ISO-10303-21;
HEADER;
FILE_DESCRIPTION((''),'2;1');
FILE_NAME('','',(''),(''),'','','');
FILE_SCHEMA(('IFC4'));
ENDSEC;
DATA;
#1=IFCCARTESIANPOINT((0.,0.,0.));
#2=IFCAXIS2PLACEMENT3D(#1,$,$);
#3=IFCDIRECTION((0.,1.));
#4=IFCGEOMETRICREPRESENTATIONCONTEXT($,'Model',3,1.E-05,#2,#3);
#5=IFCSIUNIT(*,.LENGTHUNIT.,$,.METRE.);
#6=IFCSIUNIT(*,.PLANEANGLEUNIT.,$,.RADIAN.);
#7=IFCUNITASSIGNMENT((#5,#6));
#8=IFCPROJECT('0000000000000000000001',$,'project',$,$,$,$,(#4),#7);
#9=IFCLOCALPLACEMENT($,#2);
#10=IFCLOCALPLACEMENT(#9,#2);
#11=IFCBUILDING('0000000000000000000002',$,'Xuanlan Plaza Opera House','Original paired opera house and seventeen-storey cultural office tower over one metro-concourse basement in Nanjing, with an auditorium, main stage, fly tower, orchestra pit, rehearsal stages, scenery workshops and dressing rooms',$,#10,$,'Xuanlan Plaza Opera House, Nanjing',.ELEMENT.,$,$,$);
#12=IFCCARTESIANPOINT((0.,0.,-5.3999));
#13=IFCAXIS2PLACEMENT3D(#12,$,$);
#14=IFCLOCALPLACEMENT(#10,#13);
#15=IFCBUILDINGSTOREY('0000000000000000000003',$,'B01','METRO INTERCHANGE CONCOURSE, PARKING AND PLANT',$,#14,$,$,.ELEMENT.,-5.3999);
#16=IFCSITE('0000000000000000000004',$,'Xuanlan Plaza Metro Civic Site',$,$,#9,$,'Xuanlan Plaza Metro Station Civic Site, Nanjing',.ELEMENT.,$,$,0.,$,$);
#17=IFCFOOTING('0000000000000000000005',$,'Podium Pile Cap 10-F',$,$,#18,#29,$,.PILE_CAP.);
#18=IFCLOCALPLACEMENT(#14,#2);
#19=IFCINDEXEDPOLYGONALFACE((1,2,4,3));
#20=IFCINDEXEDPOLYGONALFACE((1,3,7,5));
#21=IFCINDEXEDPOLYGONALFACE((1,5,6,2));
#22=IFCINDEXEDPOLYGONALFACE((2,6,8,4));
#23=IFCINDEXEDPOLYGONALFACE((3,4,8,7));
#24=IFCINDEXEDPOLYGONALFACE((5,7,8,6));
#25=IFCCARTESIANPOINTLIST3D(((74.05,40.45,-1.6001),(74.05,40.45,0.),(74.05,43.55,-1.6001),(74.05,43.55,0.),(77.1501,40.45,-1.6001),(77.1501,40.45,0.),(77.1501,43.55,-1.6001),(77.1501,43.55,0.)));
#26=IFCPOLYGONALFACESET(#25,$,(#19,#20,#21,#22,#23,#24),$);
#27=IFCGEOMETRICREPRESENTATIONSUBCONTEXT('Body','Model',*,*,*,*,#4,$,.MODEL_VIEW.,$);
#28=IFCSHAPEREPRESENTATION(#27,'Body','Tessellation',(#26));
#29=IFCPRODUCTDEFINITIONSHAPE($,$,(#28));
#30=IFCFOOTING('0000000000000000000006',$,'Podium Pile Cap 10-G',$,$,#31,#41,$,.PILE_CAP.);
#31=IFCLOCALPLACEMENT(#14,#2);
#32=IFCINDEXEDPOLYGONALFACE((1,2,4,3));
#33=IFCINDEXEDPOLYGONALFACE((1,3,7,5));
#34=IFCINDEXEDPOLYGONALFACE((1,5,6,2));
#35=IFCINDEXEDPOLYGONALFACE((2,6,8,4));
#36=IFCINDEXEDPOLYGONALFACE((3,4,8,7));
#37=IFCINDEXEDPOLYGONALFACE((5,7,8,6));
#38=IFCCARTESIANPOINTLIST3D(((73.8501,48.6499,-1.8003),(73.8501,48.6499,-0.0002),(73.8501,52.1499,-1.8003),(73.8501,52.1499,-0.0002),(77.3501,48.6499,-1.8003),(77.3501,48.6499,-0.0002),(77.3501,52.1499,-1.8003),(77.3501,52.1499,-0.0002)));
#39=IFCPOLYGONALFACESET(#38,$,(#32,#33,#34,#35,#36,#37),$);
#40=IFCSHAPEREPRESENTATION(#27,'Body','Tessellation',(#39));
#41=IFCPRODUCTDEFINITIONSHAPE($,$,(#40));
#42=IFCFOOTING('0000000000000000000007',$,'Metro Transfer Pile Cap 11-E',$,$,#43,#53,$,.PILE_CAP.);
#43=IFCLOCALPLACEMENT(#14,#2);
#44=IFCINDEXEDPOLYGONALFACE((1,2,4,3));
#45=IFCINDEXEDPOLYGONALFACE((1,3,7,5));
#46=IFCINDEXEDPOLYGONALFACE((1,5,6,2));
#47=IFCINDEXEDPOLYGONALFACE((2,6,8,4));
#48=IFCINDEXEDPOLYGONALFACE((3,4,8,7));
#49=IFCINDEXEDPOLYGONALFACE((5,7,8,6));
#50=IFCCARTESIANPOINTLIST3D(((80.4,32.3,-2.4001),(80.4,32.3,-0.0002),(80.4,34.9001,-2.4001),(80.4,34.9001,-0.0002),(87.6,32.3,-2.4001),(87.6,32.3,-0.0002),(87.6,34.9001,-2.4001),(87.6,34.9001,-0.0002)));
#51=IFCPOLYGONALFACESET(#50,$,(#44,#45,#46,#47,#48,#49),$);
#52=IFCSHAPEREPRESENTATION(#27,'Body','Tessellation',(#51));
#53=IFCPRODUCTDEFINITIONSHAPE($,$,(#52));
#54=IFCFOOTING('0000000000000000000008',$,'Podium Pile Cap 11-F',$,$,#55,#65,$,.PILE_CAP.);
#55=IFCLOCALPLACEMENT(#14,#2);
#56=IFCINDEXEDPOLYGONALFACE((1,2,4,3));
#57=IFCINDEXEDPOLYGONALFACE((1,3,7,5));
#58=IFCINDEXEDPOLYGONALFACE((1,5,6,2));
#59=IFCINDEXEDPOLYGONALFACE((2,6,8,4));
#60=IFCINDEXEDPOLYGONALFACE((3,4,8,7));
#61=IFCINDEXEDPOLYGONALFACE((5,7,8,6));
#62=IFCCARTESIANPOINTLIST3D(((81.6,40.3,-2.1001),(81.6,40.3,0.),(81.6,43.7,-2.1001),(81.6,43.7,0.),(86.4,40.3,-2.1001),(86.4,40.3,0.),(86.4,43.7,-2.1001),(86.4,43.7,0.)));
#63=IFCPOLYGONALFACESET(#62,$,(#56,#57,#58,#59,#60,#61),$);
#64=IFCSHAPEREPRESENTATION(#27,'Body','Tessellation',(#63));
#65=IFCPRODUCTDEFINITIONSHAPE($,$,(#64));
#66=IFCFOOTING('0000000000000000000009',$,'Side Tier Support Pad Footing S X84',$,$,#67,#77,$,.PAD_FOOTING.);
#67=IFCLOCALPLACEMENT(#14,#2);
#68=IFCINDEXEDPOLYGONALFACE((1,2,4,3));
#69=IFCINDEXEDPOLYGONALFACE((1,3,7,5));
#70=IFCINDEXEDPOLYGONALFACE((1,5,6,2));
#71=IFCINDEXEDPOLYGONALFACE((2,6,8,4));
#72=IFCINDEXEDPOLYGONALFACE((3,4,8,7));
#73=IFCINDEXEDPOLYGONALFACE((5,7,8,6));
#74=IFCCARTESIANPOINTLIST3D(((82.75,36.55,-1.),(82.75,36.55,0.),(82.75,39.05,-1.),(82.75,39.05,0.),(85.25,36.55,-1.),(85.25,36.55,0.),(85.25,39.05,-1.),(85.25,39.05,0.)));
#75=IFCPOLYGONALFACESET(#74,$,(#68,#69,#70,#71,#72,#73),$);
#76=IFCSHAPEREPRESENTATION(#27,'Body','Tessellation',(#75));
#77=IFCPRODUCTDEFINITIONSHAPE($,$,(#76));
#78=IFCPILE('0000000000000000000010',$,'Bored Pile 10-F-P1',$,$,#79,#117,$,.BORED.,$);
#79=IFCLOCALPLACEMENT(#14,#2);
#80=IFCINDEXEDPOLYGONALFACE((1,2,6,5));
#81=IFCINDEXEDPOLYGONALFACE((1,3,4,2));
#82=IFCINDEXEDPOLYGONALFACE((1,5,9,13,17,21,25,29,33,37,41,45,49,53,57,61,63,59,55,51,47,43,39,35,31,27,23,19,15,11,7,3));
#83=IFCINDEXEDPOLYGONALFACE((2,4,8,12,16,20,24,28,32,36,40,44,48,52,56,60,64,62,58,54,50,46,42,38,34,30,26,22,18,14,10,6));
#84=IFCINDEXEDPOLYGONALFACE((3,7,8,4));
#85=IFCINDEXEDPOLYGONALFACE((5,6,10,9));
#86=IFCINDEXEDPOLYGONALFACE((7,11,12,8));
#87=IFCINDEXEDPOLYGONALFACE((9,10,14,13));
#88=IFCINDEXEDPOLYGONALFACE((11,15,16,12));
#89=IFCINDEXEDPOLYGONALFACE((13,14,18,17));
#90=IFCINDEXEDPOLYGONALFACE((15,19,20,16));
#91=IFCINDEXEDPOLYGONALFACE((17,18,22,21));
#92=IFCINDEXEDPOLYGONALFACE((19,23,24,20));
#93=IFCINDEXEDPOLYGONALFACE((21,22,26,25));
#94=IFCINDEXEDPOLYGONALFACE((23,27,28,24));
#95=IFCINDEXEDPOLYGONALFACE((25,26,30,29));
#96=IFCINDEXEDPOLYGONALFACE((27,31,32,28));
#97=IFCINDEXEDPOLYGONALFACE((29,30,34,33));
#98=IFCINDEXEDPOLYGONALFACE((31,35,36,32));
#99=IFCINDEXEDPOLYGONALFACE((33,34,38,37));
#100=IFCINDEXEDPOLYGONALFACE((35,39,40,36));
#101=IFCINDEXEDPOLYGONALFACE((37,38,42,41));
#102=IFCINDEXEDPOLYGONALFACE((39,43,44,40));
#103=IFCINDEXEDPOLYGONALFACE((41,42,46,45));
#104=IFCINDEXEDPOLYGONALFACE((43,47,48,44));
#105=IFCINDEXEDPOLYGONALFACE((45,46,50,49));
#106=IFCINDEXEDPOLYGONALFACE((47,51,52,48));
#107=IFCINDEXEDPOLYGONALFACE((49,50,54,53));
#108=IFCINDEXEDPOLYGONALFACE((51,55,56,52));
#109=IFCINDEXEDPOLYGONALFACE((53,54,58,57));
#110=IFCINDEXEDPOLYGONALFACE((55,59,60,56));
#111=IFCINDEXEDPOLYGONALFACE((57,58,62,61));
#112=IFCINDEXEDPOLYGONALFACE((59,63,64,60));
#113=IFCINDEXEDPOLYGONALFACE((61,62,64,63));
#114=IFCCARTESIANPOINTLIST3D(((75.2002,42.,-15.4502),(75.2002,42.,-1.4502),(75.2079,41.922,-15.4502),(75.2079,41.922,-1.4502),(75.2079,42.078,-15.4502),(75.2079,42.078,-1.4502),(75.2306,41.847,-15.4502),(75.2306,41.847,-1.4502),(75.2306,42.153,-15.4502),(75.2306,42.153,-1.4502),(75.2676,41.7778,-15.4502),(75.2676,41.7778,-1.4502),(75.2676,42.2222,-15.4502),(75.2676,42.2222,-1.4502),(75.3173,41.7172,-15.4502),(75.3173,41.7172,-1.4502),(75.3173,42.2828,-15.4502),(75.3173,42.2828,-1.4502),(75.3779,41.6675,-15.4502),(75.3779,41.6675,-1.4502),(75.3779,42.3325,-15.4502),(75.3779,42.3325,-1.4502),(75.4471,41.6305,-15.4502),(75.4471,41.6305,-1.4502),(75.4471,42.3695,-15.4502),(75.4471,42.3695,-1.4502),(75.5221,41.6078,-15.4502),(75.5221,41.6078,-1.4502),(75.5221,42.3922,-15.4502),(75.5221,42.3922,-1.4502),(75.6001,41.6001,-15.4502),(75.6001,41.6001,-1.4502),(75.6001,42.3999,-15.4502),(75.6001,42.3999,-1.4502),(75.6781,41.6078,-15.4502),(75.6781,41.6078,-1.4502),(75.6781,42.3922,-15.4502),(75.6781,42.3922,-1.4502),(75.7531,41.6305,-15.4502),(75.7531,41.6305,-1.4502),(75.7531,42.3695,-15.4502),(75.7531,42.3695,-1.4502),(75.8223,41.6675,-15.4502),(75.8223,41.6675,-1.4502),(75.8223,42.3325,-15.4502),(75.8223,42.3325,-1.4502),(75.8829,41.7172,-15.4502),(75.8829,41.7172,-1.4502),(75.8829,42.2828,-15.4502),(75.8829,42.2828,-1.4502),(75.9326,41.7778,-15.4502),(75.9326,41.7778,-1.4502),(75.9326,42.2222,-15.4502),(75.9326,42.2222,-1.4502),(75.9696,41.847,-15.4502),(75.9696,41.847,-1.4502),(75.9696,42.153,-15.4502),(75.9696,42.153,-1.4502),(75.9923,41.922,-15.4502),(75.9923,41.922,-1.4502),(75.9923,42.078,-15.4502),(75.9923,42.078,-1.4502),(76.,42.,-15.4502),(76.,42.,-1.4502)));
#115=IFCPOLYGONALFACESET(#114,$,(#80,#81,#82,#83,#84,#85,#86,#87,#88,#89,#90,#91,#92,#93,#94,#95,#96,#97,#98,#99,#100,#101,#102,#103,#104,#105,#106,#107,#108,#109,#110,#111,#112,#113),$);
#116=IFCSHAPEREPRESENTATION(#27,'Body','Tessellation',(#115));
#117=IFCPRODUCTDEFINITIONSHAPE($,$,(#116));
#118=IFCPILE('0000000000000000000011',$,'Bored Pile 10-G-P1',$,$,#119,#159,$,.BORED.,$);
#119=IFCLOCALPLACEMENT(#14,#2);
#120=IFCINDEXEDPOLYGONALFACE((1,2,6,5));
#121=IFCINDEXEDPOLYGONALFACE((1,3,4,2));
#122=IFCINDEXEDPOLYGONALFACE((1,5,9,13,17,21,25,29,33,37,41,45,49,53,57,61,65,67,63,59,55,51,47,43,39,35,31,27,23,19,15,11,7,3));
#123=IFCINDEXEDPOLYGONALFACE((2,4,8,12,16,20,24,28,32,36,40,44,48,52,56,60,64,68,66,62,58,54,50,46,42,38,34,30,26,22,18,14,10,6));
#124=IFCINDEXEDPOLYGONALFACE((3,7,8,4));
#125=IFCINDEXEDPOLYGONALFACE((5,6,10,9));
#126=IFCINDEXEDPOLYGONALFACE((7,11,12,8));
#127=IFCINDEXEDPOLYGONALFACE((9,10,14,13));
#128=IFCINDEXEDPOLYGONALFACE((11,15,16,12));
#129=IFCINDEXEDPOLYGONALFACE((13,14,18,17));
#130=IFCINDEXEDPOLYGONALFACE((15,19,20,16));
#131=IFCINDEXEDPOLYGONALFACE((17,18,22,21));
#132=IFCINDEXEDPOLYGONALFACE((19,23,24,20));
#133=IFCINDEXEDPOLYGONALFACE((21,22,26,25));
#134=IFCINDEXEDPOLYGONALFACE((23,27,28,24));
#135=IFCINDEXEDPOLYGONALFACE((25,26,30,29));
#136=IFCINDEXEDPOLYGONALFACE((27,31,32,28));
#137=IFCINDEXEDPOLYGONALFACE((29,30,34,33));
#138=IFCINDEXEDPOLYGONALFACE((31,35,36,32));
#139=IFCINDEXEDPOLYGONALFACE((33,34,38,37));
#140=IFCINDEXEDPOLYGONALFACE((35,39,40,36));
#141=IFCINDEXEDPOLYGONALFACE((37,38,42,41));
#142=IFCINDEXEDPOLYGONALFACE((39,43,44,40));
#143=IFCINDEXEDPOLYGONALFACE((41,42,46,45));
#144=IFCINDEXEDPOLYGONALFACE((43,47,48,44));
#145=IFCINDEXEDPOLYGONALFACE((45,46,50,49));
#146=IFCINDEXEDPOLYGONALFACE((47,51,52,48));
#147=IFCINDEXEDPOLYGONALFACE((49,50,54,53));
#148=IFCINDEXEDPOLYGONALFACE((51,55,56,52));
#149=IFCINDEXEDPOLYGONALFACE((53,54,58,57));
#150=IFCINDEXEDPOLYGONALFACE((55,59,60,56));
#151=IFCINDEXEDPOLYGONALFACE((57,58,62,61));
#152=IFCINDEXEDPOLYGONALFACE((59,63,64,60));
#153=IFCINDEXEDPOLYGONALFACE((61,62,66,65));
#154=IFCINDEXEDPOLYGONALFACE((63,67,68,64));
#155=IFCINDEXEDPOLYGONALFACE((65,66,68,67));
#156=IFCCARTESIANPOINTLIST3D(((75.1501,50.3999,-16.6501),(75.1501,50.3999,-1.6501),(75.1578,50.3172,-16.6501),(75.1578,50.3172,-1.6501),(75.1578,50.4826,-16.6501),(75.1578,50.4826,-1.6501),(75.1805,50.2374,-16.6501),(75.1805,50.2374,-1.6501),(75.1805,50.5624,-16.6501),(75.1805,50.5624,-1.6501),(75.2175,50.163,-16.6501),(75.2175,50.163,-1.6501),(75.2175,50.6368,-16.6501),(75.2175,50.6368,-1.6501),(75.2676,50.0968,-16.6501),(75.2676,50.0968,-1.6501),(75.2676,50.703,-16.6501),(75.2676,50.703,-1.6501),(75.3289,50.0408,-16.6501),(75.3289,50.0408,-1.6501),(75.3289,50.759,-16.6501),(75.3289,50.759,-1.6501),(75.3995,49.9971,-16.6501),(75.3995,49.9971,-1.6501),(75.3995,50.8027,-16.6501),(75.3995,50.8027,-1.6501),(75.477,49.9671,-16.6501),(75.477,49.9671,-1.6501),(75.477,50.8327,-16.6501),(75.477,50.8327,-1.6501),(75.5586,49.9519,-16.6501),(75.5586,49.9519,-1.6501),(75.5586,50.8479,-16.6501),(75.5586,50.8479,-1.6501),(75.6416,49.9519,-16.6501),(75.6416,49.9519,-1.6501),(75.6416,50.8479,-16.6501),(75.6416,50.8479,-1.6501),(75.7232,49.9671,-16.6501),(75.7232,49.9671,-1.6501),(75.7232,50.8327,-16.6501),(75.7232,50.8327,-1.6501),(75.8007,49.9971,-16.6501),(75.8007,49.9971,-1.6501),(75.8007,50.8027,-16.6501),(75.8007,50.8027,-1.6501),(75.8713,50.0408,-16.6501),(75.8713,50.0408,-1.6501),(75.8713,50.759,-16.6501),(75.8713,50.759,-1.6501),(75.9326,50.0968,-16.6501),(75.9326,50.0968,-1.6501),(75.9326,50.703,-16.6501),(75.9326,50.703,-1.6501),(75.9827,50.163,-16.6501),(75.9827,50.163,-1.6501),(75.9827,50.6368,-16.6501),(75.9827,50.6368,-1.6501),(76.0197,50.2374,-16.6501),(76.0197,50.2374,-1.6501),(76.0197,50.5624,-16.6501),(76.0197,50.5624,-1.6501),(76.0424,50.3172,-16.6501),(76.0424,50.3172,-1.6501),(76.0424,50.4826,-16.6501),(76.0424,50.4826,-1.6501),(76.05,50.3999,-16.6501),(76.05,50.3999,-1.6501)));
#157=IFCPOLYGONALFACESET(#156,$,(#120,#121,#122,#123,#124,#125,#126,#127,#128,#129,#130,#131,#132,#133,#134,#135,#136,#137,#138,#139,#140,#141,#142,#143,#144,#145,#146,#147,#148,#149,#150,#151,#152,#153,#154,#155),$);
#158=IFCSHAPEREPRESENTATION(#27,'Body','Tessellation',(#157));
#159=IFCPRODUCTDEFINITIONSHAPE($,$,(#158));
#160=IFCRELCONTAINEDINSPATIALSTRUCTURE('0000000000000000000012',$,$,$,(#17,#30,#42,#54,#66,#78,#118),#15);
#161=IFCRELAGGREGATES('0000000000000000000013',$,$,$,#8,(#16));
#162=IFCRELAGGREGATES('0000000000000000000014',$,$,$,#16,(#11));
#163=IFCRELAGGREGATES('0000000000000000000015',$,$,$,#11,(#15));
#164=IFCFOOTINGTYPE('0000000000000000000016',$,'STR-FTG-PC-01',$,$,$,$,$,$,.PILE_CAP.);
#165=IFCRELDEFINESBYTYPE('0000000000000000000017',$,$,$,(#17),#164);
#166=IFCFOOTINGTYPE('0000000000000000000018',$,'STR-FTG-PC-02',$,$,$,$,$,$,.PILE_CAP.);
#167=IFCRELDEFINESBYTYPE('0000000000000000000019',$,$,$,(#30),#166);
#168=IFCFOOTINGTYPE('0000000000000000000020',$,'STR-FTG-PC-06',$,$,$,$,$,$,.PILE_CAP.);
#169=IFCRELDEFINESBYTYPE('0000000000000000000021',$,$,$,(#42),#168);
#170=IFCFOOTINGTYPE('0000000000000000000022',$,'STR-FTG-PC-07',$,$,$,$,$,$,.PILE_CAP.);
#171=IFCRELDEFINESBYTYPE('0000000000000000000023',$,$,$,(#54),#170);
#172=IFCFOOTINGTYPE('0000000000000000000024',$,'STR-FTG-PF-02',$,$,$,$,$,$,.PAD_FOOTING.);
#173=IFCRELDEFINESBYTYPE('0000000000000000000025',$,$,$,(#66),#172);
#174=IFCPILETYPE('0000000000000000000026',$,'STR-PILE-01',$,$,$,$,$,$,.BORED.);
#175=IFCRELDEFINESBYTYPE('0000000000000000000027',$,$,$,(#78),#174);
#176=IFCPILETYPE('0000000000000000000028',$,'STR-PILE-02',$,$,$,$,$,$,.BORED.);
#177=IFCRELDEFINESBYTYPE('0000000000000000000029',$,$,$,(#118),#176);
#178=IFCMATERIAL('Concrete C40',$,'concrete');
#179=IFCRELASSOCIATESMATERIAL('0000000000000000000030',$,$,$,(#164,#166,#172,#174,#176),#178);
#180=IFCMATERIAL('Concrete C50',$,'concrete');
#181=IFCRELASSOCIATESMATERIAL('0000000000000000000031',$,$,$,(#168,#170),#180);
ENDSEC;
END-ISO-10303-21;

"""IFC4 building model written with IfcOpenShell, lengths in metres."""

from ifc_helpers import new_model, si_unit, direction, frame, origin, origin_2d, place, context, subcontext, project, spatial, rectangle, circle, extrude, material, material_profile, profile_set, type_object, element, save


model = new_model("IFC4")

# Units and contexts
model_context = context("Model", 3, precision=1e-05, world=origin(), true_north=direction((0.0, 1.0)))
body_context = subcontext(model_context, "Body", "Model", "MODEL_VIEW")
ifc_project = project(units=[si_unit("LENGTHUNIT", "METRE"), si_unit("PLANEANGLEUNIT", "RADIAN")], contexts=[model_context])

# Site, building, storey
site_placement = place(None, origin())
site = spatial("IfcSite", under=ifc_project, at=site_placement, Name="Xuanlan Plaza Metro Civic Site", LongName="Xuanlan Plaza Metro Station Civic Site, Nanjing", CompositionType="ELEMENT", RefElevation=0.0)
building_placement = place(site_placement, origin())
building = spatial("IfcBuilding", under=site, at=building_placement, Name="Xuanlan Plaza Opera House", Description="Original paired opera house and seventeen-storey cultural office tower over one metro-concourse basement in Nanjing, with an auditorium, main stage, fly tower, orchestra pit, rehearsal stages, scenery workshops and dressing rooms", LongName="Xuanlan Plaza Opera House, Nanjing", CompositionType="ELEMENT")
storey_placement = place(building_placement, frame((0.0, 0.0, -5.3999)))
storey = spatial("IfcBuildingStorey", under=building, at=storey_placement, Name="B01", Description="METRO INTERCHANGE CONCOURSE, PARKING AND PLANT", CompositionType="ELEMENT", Elevation=-5.3999)

# Footings
ifc_material_1 = material(Name="Concrete C40", Category="concrete")
footing_type_1 = type_object("IfcFootingType", Name="STR-FTG-PC-01", PredefinedType="PILE_CAP", material=ifc_material_1)
footing_1_placement = place(storey_placement, frame((75.6001, 42.0, -1.6001), z_axis=(0.0, 0.0, 1.0), x_axis=(1.0, 0.0, 0.0)))
element("IfcFooting", 1, at=footing_1_placement, inside=storey, type_object=footing_type_1, Name="Podium Pile Cap 10-F", PredefinedType="PILE_CAP", context=body_context, shape_type="SweptSolid", body=[
    extrude(rectangle(XDim=3.1001, YDim=3.1001, at=origin_2d()), origin(), (0.0, 0.0, 1.0), 1.6001),
])
footing_type_2 = type_object("IfcFootingType", Name="STR-FTG-PC-02", PredefinedType="PILE_CAP", material=ifc_material_1)
footing_2_placement = place(storey_placement, frame((75.6001, 50.3999, -1.8003), z_axis=(0.0, 0.0, 1.0), x_axis=(1.0, 0.0, 0.0)))
element("IfcFooting", 2, at=footing_2_placement, inside=storey, type_object=footing_type_2, Name="Podium Pile Cap 10-G", PredefinedType="PILE_CAP", context=body_context, shape_type="SweptSolid", body=[
    extrude(rectangle(XDim=3.5, YDim=3.5, at=origin_2d()), origin(), (0.0, 0.0, 1.0), 1.8),
])
ifc_material_2 = material(Name="Concrete C50", Category="concrete")
footing_type_3 = type_object("IfcFootingType", Name="STR-FTG-PC-06", PredefinedType="PILE_CAP", material=ifc_material_2)
footing_3_placement = place(storey_placement, frame((84.0, 33.6001, -2.4001), z_axis=(0.0, 0.0, 1.0), x_axis=(1.0, 0.0, 0.0)))
element("IfcFooting", 3, at=footing_3_placement, inside=storey, type_object=footing_type_3, Name="Metro Transfer Pile Cap 11-E", PredefinedType="PILE_CAP", context=body_context, shape_type="SweptSolid", body=[
    extrude(rectangle(XDim=7.2, YDim=2.6001, at=origin_2d()), origin(), (0.0, 0.0, 1.0), 2.3999),
])
footing_type_4 = type_object("IfcFootingType", Name="STR-FTG-PC-07", PredefinedType="PILE_CAP", material=ifc_material_2)
footing_4_placement = place(storey_placement, frame((84.0, 42.0, -2.1001), z_axis=(0.0, 0.0, 1.0), x_axis=(1.0, 0.0, 0.0)))
element("IfcFooting", 4, at=footing_4_placement, inside=storey, type_object=footing_type_4, Name="Podium Pile Cap 11-F", PredefinedType="PILE_CAP", context=body_context, shape_type="SweptSolid", body=[
    extrude(rectangle(XDim=4.8, YDim=3.3999, at=origin_2d()), origin(), (0.0, 0.0, 1.0), 2.1001),
])
footing_type_5 = type_object("IfcFootingType", Name="STR-FTG-PF-02", PredefinedType="PAD_FOOTING", material=ifc_material_1)
footing_5_placement = place(storey_placement, frame((84.0, 37.8, -1.0), z_axis=(0.0, 0.0, 1.0), x_axis=(1.0, 0.0, 0.0)))
element("IfcFooting", 5, at=footing_5_placement, inside=storey, type_object=footing_type_5, Name="Side Tier Support Pad Footing S X84", PredefinedType="PAD_FOOTING", context=body_context, shape_type="SweptSolid", body=[
    extrude(rectangle(XDim=2.5, YDim=2.5, at=origin_2d()), origin(), (0.0, 0.0, 1.0), 1.0),
])

# Piles
ifc_material_profile_1 = material_profile(ifc_material_1, circle(Radius=0.3999, at=origin_2d()), Name="PILE D800")
ifc_profile_set_1 = profile_set([ifc_material_profile_1], Name="Concrete C40")
pile_type_1 = type_object("IfcPileType", Name="STR-PILE-01", PredefinedType="BORED", material=ifc_profile_set_1)
pile_1_placement = place(storey_placement, frame((75.6001, 42.0, -1.4502), z_axis=(0.0, 0.0, -1.0), x_axis=(1.0, 0.0, 0.0)))
element("IfcPile", 6, at=pile_1_placement, inside=storey, type_object=pile_type_1, Name="Bored Pile 10-F-P1", PredefinedType="BORED", context=body_context, shape_type="SweptSolid", body=[
    extrude(circle(Radius=0.3999, at=origin_2d()), origin(), (0.0, 0.0, 1.0), 14.0),
])
ifc_material_profile_2 = material_profile(ifc_material_1, circle(Radius=0.45, at=origin_2d()), Name="PILE D900")
ifc_profile_set_2 = profile_set([ifc_material_profile_2], Name="Concrete C40")
pile_type_2 = type_object("IfcPileType", Name="STR-PILE-02", PredefinedType="BORED", material=ifc_profile_set_2)
pile_2_placement = place(storey_placement, frame((75.6001, 50.3999, -1.6501), z_axis=(0.0, 0.0, -1.0), x_axis=(1.0, 0.0, 0.0)))
element("IfcPile", 7, at=pile_2_placement, inside=storey, type_object=pile_type_2, Name="Bored Pile 10-G-P1", PredefinedType="BORED", context=body_context, shape_type="SweptSolid", body=[
    extrude(circle(Radius=0.45, at=origin_2d()), origin(), (0.0, 0.0, 1.0), 15.0),
])

save(model, "model.ifc")
